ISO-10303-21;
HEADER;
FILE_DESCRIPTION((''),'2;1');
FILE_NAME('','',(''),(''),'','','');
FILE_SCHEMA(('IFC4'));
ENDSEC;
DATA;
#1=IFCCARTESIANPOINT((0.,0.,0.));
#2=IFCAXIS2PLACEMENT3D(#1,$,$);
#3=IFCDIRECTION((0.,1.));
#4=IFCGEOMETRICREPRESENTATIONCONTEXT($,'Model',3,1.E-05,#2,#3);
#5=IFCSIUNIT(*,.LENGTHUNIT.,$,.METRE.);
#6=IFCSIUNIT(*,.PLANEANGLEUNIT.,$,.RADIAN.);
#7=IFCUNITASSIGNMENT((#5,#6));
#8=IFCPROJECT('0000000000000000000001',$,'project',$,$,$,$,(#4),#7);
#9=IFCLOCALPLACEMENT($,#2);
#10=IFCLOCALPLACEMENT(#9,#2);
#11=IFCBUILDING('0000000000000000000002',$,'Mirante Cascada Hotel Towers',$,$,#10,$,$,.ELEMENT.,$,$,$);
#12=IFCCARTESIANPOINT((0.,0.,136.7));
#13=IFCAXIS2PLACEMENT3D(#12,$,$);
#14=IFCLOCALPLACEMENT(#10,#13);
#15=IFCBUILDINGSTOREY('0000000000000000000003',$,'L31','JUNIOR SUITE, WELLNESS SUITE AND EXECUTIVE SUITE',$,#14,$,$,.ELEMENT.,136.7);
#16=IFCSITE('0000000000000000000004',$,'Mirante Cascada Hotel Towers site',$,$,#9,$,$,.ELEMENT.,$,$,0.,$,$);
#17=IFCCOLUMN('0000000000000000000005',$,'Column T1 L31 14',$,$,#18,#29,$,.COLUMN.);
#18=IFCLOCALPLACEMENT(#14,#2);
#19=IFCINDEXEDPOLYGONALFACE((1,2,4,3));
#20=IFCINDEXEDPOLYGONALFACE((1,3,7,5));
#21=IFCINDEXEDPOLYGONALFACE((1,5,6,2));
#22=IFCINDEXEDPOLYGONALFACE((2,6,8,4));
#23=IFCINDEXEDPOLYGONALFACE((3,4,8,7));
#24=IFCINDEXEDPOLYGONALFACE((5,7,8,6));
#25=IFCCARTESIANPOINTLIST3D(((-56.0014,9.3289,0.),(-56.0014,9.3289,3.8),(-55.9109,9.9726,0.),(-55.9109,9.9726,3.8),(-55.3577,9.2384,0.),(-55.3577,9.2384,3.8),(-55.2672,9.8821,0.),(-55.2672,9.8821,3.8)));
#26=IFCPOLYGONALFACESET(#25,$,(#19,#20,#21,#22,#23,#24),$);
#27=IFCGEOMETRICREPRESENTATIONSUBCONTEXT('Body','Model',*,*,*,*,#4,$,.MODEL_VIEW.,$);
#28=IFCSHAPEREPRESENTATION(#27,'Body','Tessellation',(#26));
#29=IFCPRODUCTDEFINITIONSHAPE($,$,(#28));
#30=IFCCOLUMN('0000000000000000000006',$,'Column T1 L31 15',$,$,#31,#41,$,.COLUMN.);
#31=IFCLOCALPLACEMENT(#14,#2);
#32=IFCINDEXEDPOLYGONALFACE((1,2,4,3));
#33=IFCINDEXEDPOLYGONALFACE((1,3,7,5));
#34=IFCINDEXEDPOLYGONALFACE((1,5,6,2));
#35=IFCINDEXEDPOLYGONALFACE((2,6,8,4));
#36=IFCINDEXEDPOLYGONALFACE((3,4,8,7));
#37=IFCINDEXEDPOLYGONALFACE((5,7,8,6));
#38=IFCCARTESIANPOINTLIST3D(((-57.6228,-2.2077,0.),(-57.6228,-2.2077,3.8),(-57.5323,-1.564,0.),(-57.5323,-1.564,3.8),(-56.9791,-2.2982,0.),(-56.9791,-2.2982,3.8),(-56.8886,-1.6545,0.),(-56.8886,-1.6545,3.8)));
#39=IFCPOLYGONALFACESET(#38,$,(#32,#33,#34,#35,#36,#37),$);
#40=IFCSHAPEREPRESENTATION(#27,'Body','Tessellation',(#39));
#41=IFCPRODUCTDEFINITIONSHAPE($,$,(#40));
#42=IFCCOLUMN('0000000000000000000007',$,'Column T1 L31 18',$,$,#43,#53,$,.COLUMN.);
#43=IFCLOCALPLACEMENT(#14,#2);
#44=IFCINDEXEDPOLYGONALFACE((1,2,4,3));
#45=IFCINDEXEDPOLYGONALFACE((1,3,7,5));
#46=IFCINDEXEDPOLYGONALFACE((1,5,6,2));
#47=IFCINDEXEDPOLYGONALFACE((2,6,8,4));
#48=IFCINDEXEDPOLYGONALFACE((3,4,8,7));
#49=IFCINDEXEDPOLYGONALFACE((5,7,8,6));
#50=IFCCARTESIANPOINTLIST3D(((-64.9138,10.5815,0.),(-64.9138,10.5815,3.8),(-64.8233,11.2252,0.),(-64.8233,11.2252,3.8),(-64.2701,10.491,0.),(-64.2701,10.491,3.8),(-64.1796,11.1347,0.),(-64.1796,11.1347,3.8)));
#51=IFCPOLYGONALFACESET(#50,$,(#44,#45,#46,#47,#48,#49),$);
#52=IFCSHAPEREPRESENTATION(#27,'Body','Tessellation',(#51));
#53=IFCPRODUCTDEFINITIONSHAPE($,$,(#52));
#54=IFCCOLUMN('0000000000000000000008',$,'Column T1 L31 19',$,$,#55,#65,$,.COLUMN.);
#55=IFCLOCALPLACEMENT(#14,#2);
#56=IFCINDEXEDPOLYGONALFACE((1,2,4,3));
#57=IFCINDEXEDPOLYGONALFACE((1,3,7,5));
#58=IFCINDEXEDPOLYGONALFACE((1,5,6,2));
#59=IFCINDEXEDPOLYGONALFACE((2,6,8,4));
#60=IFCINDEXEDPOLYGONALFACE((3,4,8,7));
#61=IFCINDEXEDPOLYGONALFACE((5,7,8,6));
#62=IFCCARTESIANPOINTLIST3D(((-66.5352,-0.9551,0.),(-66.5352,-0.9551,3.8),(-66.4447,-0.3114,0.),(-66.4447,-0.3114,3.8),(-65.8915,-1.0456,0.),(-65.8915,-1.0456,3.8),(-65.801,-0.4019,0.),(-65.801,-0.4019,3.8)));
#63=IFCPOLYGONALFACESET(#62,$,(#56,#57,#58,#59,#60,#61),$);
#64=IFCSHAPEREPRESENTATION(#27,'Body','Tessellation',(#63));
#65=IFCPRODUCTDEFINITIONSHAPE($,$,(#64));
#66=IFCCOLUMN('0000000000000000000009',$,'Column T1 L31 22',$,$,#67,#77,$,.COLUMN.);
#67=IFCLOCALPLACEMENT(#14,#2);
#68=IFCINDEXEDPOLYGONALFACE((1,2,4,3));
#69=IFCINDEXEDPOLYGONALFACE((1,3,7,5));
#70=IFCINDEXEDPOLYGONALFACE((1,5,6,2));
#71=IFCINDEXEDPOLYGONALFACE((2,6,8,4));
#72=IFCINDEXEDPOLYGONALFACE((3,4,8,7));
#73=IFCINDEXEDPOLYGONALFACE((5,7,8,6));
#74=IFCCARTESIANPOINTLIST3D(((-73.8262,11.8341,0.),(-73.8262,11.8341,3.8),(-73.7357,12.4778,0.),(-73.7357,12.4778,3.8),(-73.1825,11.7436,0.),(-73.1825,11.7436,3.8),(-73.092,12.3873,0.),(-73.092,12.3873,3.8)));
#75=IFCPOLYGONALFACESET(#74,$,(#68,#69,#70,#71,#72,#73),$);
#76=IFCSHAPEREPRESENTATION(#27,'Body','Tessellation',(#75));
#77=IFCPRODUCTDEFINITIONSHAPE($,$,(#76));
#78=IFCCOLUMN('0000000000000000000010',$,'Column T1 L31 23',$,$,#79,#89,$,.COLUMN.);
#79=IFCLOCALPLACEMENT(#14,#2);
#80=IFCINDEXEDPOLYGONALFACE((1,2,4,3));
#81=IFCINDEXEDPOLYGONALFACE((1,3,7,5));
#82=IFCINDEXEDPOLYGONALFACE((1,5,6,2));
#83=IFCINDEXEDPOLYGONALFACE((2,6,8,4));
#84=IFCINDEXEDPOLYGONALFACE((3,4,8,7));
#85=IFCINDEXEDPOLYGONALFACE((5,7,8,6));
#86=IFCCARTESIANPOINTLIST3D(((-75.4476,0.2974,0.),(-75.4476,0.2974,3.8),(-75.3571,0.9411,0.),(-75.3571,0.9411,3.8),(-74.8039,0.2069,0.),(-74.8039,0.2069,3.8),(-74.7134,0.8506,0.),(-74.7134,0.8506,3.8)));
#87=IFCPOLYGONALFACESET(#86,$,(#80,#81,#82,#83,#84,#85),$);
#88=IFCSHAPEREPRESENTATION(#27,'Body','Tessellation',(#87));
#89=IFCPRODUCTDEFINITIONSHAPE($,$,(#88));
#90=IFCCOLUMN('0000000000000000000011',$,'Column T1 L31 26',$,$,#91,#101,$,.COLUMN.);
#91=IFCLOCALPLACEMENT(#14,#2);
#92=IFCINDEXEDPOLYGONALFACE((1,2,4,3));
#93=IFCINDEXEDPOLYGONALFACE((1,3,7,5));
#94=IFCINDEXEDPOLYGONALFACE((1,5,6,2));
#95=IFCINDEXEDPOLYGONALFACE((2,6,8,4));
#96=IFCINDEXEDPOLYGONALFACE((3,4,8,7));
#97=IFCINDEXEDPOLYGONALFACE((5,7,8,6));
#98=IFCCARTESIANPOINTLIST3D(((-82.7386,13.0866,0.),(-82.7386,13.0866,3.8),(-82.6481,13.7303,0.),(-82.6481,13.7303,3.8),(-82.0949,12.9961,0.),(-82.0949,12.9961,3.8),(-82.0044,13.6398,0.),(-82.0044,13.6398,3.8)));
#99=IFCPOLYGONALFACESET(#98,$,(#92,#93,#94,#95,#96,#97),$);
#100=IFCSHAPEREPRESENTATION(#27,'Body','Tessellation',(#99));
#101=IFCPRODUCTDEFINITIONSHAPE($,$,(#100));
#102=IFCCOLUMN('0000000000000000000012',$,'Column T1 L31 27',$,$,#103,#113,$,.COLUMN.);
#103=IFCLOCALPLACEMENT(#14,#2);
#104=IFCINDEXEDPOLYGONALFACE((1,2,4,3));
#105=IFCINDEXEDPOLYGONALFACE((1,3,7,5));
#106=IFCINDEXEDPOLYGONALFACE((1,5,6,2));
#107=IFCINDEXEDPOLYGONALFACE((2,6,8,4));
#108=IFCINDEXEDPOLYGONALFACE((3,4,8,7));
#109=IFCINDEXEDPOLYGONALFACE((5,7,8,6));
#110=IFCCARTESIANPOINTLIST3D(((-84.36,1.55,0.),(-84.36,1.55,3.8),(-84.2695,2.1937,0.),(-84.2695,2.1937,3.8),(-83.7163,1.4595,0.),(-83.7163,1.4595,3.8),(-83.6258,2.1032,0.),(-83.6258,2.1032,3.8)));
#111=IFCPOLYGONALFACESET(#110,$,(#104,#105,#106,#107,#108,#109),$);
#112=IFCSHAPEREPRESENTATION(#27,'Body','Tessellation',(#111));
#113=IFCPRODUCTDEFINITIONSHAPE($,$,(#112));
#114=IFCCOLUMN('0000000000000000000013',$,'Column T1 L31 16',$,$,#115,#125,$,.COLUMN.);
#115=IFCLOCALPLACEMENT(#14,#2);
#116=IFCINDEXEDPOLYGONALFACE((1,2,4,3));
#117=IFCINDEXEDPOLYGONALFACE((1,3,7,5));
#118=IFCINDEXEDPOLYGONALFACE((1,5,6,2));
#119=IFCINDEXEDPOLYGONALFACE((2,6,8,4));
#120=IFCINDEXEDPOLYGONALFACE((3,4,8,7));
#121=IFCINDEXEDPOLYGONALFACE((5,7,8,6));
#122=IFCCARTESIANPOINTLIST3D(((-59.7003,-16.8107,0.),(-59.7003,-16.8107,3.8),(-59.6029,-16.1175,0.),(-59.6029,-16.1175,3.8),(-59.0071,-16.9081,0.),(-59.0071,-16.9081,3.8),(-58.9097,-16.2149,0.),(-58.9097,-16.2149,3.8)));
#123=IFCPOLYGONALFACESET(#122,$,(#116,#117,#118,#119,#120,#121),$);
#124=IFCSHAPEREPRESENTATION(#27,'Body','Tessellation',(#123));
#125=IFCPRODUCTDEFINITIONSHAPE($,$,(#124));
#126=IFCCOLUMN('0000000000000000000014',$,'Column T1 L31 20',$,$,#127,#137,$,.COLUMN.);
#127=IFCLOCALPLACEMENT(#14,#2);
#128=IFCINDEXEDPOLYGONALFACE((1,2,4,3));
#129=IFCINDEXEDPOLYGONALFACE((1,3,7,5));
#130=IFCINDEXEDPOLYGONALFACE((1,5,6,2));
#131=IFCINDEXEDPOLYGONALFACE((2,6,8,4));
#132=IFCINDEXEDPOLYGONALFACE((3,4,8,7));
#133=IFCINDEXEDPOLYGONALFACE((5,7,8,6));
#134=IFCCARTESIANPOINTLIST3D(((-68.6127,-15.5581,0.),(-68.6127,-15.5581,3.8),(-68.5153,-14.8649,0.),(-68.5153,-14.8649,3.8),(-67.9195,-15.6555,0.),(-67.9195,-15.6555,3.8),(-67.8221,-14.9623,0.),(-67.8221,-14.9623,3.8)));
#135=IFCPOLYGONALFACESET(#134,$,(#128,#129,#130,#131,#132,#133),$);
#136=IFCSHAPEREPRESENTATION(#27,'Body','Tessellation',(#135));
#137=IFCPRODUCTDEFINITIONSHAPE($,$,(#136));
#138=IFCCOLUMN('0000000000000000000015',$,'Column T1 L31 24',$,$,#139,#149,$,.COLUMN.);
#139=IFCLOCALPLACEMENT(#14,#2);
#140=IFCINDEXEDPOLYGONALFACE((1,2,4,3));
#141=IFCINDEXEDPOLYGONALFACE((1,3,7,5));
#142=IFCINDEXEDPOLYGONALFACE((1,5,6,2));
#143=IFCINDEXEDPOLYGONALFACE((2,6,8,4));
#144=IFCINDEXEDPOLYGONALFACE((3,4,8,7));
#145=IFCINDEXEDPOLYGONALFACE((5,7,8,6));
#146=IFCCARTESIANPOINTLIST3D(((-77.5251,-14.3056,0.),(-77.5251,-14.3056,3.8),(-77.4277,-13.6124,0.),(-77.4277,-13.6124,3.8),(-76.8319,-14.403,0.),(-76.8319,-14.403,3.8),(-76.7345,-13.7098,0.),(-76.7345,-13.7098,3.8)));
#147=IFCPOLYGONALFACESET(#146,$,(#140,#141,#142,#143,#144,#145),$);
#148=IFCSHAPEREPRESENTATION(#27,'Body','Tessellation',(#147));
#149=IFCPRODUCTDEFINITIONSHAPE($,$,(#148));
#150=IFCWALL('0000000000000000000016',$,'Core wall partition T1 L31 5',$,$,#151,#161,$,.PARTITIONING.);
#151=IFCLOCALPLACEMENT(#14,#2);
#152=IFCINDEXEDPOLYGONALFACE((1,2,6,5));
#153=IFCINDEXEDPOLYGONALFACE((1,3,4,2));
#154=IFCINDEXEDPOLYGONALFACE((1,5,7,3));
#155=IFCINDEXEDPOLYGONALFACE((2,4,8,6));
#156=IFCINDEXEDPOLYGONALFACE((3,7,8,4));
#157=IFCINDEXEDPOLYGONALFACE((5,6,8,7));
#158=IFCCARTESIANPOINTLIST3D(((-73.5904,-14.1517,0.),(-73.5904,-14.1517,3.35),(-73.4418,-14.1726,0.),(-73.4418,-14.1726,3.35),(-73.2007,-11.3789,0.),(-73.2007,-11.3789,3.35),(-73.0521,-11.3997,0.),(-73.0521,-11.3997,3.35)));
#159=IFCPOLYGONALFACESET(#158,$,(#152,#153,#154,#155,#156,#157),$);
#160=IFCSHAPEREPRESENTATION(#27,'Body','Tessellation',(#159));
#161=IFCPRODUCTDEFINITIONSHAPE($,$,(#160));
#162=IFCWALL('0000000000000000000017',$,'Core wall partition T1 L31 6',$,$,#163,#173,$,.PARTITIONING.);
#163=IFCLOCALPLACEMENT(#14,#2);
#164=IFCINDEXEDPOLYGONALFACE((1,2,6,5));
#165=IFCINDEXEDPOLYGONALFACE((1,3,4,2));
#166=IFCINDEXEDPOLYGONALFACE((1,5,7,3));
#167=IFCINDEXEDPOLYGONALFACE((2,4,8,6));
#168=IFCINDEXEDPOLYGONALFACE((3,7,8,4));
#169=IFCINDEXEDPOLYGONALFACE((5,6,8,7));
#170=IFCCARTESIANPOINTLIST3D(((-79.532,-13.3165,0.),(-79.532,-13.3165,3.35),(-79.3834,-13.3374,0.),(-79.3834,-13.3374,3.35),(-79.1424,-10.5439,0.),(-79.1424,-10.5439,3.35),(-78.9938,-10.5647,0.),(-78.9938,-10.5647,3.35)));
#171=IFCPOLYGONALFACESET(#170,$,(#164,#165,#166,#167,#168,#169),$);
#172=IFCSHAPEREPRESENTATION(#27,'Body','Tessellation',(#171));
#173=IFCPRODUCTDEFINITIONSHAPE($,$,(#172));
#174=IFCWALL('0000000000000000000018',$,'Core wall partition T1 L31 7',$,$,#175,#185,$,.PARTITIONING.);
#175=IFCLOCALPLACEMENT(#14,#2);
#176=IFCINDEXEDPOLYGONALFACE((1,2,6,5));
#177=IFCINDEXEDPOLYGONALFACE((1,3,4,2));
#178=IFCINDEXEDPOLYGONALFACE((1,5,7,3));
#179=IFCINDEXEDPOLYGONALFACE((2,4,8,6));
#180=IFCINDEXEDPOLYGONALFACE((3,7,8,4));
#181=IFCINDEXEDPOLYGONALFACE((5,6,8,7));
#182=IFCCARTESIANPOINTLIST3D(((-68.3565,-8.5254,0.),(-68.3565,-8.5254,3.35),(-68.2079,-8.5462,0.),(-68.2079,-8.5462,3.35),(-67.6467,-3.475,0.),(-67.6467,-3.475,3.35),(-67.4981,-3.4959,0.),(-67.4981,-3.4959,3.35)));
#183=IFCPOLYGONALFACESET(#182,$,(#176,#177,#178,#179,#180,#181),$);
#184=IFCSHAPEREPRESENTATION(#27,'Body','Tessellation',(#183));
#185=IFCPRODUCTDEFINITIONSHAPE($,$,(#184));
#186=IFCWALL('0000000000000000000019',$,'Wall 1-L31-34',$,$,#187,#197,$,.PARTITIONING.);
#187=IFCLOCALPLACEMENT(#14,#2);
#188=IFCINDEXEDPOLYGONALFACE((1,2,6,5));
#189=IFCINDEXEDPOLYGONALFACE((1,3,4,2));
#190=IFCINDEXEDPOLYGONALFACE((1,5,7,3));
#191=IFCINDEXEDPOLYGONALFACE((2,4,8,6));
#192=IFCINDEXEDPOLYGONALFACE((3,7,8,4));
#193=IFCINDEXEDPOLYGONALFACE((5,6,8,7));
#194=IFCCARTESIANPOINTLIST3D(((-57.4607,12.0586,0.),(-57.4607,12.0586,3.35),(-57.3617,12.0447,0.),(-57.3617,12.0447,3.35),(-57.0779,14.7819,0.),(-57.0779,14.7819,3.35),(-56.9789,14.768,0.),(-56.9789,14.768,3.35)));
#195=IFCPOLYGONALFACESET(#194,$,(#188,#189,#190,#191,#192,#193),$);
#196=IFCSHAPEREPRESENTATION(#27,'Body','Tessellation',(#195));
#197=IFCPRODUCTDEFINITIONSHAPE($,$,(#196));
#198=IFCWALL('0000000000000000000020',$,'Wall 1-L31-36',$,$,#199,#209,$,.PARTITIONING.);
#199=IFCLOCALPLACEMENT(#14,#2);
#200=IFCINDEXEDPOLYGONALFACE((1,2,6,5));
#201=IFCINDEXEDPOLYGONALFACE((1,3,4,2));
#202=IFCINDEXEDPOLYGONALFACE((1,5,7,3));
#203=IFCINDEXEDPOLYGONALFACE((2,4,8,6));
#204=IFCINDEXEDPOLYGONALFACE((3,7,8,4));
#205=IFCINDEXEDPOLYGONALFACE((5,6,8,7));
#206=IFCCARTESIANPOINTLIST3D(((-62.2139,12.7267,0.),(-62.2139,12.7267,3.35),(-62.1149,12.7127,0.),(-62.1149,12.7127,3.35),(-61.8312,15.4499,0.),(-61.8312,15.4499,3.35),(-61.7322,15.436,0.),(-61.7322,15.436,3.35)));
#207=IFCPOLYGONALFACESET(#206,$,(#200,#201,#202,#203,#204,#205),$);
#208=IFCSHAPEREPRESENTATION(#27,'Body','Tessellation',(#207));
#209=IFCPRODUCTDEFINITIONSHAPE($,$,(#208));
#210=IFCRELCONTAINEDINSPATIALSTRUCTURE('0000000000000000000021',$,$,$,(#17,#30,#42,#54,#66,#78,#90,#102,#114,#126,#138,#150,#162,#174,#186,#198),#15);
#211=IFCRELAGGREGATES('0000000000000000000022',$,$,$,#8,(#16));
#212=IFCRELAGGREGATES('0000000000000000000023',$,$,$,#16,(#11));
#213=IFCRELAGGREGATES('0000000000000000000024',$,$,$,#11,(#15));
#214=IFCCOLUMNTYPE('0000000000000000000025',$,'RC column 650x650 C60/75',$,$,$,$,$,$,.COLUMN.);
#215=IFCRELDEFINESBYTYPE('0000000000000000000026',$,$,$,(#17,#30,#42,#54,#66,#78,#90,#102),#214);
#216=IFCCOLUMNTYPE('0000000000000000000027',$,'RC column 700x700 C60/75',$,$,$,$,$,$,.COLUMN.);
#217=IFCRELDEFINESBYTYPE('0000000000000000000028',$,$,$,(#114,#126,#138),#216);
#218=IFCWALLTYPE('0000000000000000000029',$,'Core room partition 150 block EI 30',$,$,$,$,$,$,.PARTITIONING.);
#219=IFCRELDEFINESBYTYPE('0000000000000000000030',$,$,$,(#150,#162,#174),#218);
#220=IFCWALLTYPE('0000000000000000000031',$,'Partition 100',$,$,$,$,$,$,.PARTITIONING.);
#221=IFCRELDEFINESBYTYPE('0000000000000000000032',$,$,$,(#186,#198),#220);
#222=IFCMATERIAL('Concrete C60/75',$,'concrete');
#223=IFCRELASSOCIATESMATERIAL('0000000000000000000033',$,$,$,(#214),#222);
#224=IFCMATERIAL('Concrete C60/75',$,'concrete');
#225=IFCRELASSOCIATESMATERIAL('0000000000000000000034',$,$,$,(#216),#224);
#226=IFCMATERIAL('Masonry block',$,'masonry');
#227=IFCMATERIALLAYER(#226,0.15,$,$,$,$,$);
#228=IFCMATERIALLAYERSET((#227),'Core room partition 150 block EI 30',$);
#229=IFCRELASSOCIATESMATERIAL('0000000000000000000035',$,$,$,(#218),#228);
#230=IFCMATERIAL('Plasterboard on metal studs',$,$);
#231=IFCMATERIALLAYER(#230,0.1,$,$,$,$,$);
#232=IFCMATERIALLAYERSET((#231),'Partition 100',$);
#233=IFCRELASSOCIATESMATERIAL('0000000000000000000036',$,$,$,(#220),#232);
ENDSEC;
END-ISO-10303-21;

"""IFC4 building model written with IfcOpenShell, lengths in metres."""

from ifc_helpers import new_model, si_unit, direction, frame, frame_2d, origin, origin_2d, place, context, subcontext, project, spatial, rectangle, extrude, material, layer, layer_set, material_profile, profile_set, type_object, element, save


model = new_model("IFC4")

# Units and contexts
model_context = context("Model", 3, precision=1e-05, world=origin(), true_north=direction((0.0, 1.0)))
body_context = subcontext(model_context, "Body", "Model", "MODEL_VIEW")
ifc_project = project(units=[si_unit("LENGTHUNIT", "METRE"), si_unit("PLANEANGLEUNIT", "RADIAN")], contexts=[model_context])

# Site, building, storey
site_placement = place(None, origin())
site = spatial("IfcSite", under=ifc_project, at=site_placement, Name="Mirante Cascada Hotel Towers site", CompositionType="ELEMENT", RefElevation=0.0)
building_placement = place(site_placement, origin())
building = spatial("IfcBuilding", under=site, at=building_placement, Name="Mirante Cascada Hotel Towers", CompositionType="ELEMENT")
storey_placement = place(building_placement, frame((0.0, 0.0, 136.7)))
storey = spatial("IfcBuildingStorey", under=building, at=storey_placement, Name="L31", Description="JUNIOR SUITE, WELLNESS SUITE AND EXECUTIVE SUITE", CompositionType="ELEMENT", Elevation=136.7)

# Columns
ifc_material_1 = material(Name="Concrete C60/75", Category="concrete")
ifc_material_profile_1 = material_profile(ifc_material_1, rectangle(XDim=0.65, YDim=0.65, at=origin_2d()), Name="RC column 650x650 C60/75")
ifc_profile_set_1 = profile_set([ifc_material_profile_1], Name="Concrete C60/75")
column_type_1 = type_object("IfcColumnType", Name="RC column 650x650 C60/75", PredefinedType="COLUMN", material=ifc_profile_set_1)
for number, where, z_axis, x_axis, name in (
    (1, (-55.6343, 9.6055, 0.0), (0.0, 0.0, 1.0), (-0.990268, 0.139173, 0.0), "Column T1 L31 14"),
    (2, (-57.2557, -1.9311, 0.0), (0.0, 0.0, 1.0), (-0.990268, 0.139173, 0.0), "Column T1 L31 15"),
    (3, (-64.5467, 10.8581, 0.0), (0.0, 0.0, 1.0), (-0.990268, 0.139173, 0.0), "Column T1 L31 18"),
    (4, (-66.1681, -0.6785, 0.0), (0.0, 0.0, 1.0), (-0.990268, 0.139173, 0.0), "Column T1 L31 19"),
    (5, (-73.4591, 12.1107, 0.0), (0.0, 0.0, 1.0), (-0.990268, 0.139173, 0.0), "Column T1 L31 22"),
    (6, (-75.0805, 0.574, 0.0), (0.0, 0.0, 1.0), (-0.990268, 0.139173, 0.0), "Column T1 L31 23"),
    (7, (-82.3715, 13.3632, 0.0), (0.0, 0.0, 1.0), (-0.990268, 0.139173, 0.0), "Column T1 L31 26"),
    (8, (-83.9929, 1.8266, 0.0), (0.0, 0.0, 1.0), (-0.990268, 0.139173, 0.0), "Column T1 L31 27"),
):
    element("IfcColumn", number, at=place(storey_placement, frame(where, z_axis=z_axis, x_axis=x_axis)), inside=storey, type_object=column_type_1, Name=name, PredefinedType="COLUMN", context=body_context, shape_type="SweptSolid", body=[
        extrude(rectangle(XDim=0.65, YDim=0.65, at=origin_2d()), origin(), (0.0, 0.0, 1.0), 3.8),
    ])
ifc_material_2 = material(Name="Concrete C60/75", Category="concrete")
ifc_material_profile_2 = material_profile(ifc_material_2, rectangle(XDim=0.7, YDim=0.7, at=origin_2d()), Name="RC column 700x700 C60/75")
ifc_profile_set_2 = profile_set([ifc_material_profile_2], Name="Concrete C60/75")
column_type_2 = type_object("IfcColumnType", Name="RC column 700x700 C60/75", PredefinedType="COLUMN", material=ifc_profile_set_2)
for number, where, z_axis, x_axis, name in (
    (9, (-59.305, -16.5128, 0.0), (0.0, 0.0, 1.0), (-0.990268, 0.139173, 0.0), "Column T1 L31 16"),
    (10, (-68.2174, -15.2602, 0.0), (0.0, 0.0, 1.0), (-0.990268, 0.139173, 0.0), "Column T1 L31 20"),
    (11, (-77.1298, -14.0077, 0.0), (0.0, 0.0, 1.0), (-0.990268, 0.139173, 0.0), "Column T1 L31 24"),
):
    element("IfcColumn", number, at=place(storey_placement, frame(where, z_axis=z_axis, x_axis=x_axis)), inside=storey, type_object=column_type_2, Name=name, PredefinedType="COLUMN", context=body_context, shape_type="SweptSolid", body=[
        extrude(rectangle(XDim=0.7, YDim=0.7, at=origin_2d()), origin(), (0.0, 0.0, 1.0), 3.8),
    ])

# Walls
ifc_material_3 = material(Name="Masonry block", Category="masonry")
ifc_layer_1 = layer(ifc_material_3, 0.15)
ifc_layer_set_1 = layer_set([ifc_layer_1], Name="Core room partition 150 block EI 30")
wall_type_1 = type_object("IfcWallType", Name="Core room partition 150 block EI 30", PredefinedType="PARTITIONING", material=ifc_layer_set_1)
wall_1_placement = place(storey_placement, frame((-73.5161, -14.1621, 0.0), z_axis=(0.0, 0.0, 1.0), x_axis=(0.139176, 0.990268, 0.0)))
element("IfcWall", 12, at=wall_1_placement, inside=storey, type_object=wall_type_1, Name="Core wall partition T1 L31 5", PredefinedType="PARTITIONING", context=body_context, shape_type="SweptSolid", body=[
    extrude(rectangle(XDim=2.8001, YDim=0.15, at=frame_2d((1.4, 0.0))), origin(), (0.0, 0.0, 1.0), 3.35),
])
wall_2_placement = place(storey_placement, frame((-79.4577, -13.327, 0.0), z_axis=(0.0, 0.0, 1.0), x_axis=(0.139146, 0.990272, 0.0)))
element("IfcWall", 13, at=wall_2_placement, inside=storey, type_object=wall_type_1, Name="Core wall partition T1 L31 6", PredefinedType="PARTITIONING", context=body_context, shape_type="SweptSolid", body=[
    extrude(rectangle(XDim=2.7999, YDim=0.15, at=frame_2d((1.4, 0.0))), origin(), (0.0, 0.0, 1.0), 3.35),
])
wall_3_placement = place(storey_placement, frame((-68.2822, -8.5358, 0.0), z_axis=(0.0, 0.0, 1.0), x_axis=(0.139176, 0.990268, 0.0)))
element("IfcWall", 14, at=wall_3_placement, inside=storey, type_object=wall_type_1, Name="Core wall partition T1 L31 7", PredefinedType="PARTITIONING", context=body_context, shape_type="SweptSolid", body=[
    extrude(rectangle(XDim=5.1, YDim=0.15, at=frame_2d((2.55, 0.0))), origin(), (0.0, 0.0, 1.0), 3.35),
])
ifc_material_4 = material(Name="Plasterboard on metal studs")
ifc_layer_2 = layer(ifc_material_4, 0.1)
ifc_layer_set_2 = layer_set([ifc_layer_2], Name="Partition 100")
wall_type_2 = type_object("IfcWallType", Name="Partition 100", PredefinedType="PARTITIONING", material=ifc_layer_set_2)
wall_4_placement = place(storey_placement, frame((-57.4112, 12.0516, 0.0), z_axis=(0.0, 0.0, 1.0), x_axis=(0.139196, 0.990265, 0.0)))
element("IfcWall", 15, at=wall_4_placement, inside=storey, type_object=wall_type_2, Name="Wall 1-L31-34", PredefinedType="PARTITIONING", context=body_context, shape_type="SweptSolid", body=[
    extrude(rectangle(XDim=2.7501, YDim=0.1, at=frame_2d((1.3751, 0.0))), origin(), (0.0, 0.0, 1.0), 3.35),
])
wall_5_placement = place(storey_placement, frame((-62.1644, 12.7197, 0.0), z_axis=(0.0, 0.0, 1.0), x_axis=(0.139166, 0.990269, 0.0)))
element("IfcWall", 16, at=wall_5_placement, inside=storey, type_object=wall_type_2, Name="Wall 1-L31-36", PredefinedType="PARTITIONING", context=body_context, shape_type="SweptSolid", body=[
    extrude(rectangle(XDim=2.75, YDim=0.1, at=frame_2d((1.375, 0.0))), origin(), (0.0, 0.0, 1.0), 3.35),
])

save(model, "model.ifc")
